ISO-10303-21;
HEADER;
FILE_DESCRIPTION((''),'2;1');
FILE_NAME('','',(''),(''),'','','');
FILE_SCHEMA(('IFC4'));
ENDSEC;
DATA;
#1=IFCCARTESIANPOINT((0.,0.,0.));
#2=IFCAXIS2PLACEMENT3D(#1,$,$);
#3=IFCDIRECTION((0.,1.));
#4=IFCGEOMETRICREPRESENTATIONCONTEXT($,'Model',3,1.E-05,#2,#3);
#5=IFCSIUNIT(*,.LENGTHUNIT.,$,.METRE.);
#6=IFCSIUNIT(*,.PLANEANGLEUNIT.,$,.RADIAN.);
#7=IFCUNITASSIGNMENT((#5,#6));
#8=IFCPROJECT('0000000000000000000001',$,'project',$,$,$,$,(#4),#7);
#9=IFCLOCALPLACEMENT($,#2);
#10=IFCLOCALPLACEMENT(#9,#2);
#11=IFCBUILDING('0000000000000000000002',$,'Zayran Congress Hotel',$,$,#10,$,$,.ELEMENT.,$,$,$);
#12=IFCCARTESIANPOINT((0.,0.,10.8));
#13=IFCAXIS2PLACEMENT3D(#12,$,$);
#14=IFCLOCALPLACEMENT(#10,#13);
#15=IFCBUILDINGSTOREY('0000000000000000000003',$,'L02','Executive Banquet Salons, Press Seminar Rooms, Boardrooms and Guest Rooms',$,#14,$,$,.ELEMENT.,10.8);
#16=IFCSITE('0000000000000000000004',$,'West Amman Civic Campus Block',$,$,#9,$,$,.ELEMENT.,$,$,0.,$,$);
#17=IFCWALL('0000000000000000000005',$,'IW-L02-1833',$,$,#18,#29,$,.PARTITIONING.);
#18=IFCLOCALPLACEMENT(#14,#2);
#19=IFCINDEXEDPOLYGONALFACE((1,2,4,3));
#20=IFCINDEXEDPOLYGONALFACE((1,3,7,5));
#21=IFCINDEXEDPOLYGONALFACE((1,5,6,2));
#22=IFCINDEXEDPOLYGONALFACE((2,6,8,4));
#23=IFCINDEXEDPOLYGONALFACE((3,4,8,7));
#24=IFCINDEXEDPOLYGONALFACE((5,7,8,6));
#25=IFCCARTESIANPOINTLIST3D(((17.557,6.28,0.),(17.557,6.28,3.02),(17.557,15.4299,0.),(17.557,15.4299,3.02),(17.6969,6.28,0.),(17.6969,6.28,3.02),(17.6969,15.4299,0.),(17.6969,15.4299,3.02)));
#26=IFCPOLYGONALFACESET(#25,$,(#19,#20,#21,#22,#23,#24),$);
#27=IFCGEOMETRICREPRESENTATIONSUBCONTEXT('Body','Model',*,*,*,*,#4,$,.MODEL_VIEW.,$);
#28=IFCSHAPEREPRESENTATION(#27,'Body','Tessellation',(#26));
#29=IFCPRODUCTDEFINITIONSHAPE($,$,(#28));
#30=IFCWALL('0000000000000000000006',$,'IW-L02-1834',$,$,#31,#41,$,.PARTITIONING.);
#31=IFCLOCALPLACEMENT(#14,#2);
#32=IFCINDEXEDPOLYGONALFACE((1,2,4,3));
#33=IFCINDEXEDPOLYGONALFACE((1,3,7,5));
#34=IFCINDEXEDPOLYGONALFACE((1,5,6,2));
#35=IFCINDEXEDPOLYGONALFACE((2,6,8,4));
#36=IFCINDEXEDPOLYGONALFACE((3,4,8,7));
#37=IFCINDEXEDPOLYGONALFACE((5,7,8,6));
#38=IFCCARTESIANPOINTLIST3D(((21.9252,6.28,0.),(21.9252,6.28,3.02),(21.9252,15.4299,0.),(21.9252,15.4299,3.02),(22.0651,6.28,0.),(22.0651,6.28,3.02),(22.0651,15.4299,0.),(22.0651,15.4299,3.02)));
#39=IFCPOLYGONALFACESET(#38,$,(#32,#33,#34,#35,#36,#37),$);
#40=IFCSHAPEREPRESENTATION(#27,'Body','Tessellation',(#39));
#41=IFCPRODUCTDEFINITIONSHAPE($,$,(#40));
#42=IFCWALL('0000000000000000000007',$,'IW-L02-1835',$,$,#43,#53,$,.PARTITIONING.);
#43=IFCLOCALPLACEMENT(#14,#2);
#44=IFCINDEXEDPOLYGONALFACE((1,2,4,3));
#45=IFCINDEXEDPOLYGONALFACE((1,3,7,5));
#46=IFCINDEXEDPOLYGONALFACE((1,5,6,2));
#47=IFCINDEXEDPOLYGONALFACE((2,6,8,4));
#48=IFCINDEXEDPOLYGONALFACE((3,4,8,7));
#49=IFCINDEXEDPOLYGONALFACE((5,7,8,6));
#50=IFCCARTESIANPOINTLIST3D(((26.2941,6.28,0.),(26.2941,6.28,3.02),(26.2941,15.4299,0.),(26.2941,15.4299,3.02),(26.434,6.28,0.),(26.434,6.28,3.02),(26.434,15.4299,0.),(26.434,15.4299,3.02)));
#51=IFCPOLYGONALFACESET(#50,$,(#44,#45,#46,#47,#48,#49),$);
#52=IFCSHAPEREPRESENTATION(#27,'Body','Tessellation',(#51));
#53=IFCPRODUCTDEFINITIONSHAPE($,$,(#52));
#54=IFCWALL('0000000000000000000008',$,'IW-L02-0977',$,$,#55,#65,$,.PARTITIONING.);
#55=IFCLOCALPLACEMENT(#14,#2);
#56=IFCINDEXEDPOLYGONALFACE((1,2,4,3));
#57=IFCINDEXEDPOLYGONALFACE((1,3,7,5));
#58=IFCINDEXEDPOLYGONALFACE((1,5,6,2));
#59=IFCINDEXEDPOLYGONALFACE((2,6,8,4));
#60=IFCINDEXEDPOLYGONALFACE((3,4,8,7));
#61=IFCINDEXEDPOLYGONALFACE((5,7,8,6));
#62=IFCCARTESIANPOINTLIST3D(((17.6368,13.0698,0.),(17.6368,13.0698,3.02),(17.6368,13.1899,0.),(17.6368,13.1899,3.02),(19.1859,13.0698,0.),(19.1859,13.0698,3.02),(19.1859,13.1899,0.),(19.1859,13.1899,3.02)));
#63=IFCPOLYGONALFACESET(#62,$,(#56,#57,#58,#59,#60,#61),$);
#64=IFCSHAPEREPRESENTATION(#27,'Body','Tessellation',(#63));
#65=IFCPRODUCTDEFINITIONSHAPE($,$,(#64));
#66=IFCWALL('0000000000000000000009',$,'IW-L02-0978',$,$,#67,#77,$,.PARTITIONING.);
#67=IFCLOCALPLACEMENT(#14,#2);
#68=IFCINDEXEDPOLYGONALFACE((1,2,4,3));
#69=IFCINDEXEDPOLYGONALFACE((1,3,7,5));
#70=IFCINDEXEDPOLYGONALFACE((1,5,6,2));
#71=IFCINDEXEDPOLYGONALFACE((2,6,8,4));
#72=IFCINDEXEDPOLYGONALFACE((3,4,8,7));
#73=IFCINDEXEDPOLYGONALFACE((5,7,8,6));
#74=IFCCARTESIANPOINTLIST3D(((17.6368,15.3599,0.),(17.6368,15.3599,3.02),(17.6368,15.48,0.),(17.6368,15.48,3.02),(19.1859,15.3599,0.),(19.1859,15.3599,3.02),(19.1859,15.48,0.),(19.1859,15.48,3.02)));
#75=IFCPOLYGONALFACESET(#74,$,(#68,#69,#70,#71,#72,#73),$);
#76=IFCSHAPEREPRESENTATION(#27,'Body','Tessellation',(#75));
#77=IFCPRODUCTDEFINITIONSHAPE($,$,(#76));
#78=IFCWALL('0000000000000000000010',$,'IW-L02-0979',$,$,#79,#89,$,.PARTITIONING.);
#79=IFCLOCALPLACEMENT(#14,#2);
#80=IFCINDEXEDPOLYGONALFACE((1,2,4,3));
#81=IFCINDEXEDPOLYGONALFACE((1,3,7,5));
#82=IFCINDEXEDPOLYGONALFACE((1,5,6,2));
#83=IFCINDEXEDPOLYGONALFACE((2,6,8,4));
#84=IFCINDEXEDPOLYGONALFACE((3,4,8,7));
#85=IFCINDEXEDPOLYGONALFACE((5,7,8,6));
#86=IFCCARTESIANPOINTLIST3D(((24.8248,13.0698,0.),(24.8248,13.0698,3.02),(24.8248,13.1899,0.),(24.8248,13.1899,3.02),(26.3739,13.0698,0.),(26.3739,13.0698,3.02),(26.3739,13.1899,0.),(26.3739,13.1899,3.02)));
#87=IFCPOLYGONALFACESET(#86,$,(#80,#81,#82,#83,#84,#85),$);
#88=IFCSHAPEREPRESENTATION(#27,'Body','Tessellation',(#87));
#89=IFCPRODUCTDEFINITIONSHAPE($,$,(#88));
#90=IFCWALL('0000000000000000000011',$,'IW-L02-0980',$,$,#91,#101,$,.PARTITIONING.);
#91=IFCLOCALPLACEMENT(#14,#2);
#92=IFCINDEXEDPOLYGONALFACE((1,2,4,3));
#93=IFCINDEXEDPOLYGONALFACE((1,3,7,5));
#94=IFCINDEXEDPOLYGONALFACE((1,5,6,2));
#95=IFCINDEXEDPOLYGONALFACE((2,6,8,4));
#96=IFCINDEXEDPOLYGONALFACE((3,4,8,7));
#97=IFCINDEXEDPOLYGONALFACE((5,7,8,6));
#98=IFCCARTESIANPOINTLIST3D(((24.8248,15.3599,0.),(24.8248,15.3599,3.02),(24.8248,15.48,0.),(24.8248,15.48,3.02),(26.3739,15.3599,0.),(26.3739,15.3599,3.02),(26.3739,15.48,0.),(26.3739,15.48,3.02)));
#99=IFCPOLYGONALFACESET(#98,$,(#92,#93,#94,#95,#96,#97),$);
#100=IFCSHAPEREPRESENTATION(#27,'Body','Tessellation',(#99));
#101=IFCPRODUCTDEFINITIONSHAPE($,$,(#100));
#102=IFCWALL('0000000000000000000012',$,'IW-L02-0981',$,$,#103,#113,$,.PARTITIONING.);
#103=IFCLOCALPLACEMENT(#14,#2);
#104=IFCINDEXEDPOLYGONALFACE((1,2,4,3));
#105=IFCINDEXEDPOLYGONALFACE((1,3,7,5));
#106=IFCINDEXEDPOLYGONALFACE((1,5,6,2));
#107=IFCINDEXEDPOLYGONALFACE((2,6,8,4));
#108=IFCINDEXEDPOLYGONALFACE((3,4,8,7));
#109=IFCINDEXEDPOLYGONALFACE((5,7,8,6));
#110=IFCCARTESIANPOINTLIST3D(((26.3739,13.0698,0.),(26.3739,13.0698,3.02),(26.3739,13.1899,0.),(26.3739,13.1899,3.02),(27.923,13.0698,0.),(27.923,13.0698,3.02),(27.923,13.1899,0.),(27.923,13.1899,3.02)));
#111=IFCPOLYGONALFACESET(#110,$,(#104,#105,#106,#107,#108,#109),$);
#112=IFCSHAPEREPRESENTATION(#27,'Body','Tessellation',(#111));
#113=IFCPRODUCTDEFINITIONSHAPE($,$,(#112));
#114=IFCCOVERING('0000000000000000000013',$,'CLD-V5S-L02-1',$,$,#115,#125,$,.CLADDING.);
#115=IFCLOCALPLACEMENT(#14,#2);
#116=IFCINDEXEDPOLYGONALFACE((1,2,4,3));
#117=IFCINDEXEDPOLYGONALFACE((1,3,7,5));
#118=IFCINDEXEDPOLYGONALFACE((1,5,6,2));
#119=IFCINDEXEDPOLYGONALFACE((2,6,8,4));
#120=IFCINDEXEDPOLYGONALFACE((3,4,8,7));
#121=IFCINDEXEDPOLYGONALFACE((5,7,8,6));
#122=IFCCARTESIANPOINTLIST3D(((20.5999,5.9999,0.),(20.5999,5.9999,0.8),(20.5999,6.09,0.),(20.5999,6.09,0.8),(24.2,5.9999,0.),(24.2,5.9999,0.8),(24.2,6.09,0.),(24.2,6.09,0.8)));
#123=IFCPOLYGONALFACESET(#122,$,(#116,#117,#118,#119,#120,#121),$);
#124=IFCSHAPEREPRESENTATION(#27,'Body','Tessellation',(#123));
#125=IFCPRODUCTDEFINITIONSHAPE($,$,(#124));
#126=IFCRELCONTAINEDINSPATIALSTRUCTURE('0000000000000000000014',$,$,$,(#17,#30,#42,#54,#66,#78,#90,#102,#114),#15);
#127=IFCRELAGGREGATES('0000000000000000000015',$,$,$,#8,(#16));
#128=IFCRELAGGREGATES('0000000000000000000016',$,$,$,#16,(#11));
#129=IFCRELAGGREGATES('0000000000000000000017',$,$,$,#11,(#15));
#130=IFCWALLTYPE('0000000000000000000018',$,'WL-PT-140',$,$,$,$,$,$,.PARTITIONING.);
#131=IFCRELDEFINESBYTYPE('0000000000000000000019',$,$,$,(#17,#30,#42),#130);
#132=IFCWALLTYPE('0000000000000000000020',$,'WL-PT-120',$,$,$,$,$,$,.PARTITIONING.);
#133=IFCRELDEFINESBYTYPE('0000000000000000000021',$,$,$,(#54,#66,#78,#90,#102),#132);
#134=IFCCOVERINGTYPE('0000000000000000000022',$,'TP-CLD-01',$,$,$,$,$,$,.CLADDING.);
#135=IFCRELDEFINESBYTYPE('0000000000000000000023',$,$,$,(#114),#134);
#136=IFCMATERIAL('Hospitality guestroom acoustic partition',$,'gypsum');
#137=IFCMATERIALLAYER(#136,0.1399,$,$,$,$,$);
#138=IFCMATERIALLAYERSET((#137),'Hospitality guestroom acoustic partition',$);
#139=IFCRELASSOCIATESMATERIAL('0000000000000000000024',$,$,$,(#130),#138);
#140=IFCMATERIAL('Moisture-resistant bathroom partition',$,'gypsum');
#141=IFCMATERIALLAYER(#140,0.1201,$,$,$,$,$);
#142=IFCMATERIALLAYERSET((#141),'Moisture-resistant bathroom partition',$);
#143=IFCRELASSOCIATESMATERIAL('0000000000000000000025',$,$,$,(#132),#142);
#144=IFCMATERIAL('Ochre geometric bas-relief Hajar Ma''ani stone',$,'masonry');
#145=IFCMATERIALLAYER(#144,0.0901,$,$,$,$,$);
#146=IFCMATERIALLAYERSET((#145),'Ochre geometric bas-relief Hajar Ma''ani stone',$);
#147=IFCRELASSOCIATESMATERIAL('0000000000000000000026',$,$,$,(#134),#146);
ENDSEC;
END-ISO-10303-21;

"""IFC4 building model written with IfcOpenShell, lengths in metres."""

from ifc_helpers import new_model, si_unit, direction, frame, frame_2d, origin, origin_2d, place, context, subcontext, project, spatial, rectangle, extrude, material, layer, layer_set, type_object, element, save


model = new_model("IFC4")

# Units and contexts
model_context = context("Model", 3, precision=1e-05, world=origin(), true_north=direction((0.0, 1.0)))
body_context = subcontext(model_context, "Body", "Model", "MODEL_VIEW")
ifc_project = project(units=[si_unit("LENGTHUNIT", "METRE"), si_unit("PLANEANGLEUNIT", "RADIAN")], contexts=[model_context])

# Site, building, storey
site_placement = place(None, origin())
site = spatial("IfcSite", under=ifc_project, at=site_placement, Name="West Amman Civic Campus Block", CompositionType="ELEMENT", RefElevation=0.0)
building_placement = place(site_placement, origin())
building = spatial("IfcBuilding", under=site, at=building_placement, Name="Zayran Congress Hotel", CompositionType="ELEMENT")
storey_placement = place(building_placement, frame((0.0, 0.0, 10.8)))
storey = spatial("IfcBuildingStorey", under=building, at=storey_placement, Name="L02", Description="Executive Banquet Salons, Press Seminar Rooms, Boardrooms and Guest Rooms", CompositionType="ELEMENT", Elevation=10.8)

# Shared definitions
ifc_material_1 = material(Name="Hospitality guestroom acoustic partition", Category="gypsum")
ifc_layer_1 = layer(ifc_material_1, 0.1399)
ifc_layer_set_1 = layer_set([ifc_layer_1], Name="Hospitality guestroom acoustic partition")
wall_type_1 = type_object("IfcWallType", Name="WL-PT-140", PredefinedType="PARTITIONING", material=ifc_layer_set_1)

# Walls
for number, where, z_axis, x_axis, name in (
    (1, (17.627, 6.28, 0.0), (0.0, 0.0, 1.0), (0.0, 1.0, 0.0), "IW-L02-1833"),
    (2, (21.9951, 6.28, 0.0), (0.0, 0.0, 1.0), (0.0, 1.0, 0.0), "IW-L02-1834"),
    (3, (26.364, 6.28, 0.0), (0.0, 0.0, 1.0), (0.0, 1.0, 0.0), "IW-L02-1835"),
):
    element("IfcWall", number, at=place(storey_placement, frame(where, z_axis=z_axis, x_axis=x_axis)), inside=storey, type_object=wall_type_1, Name=name, PredefinedType="PARTITIONING", context=body_context, shape_type="SweptSolid", body=[
        extrude(rectangle(XDim=9.1499, YDim=0.1399, at=frame_2d((4.575, 0.0))), origin(), (0.0, 0.0, 1.0), 3.02),
    ])

# Shared definitions
ifc_material_2 = material(Name="Moisture-resistant bathroom partition", Category="gypsum")
ifc_layer_2 = layer(ifc_material_2, 0.1201)
ifc_layer_set_2 = layer_set([ifc_layer_2], Name="Moisture-resistant bathroom partition")
wall_type_2 = type_object("IfcWallType", Name="WL-PT-120", PredefinedType="PARTITIONING", material=ifc_layer_set_2)

# Walls
for number, where, z_axis, x_axis, name in (
    (4, (17.637, 13.1299, 0.0), (0.0, 0.0, 1.0), (1.0, 0.0, 0.0), "IW-L02-0977"),
    (5, (17.637, 15.4199, 0.0), (0.0, 0.0, 1.0), (1.0, 0.0, 0.0), "IW-L02-0978"),
    (6, (24.825, 13.1299, 0.0), (0.0, 0.0, 1.0), (1.0, 0.0, 0.0), "IW-L02-0979"),
    (7, (24.825, 15.4199, 0.0), (0.0, 0.0, 1.0), (1.0, 0.0, 0.0), "IW-L02-0980"),
    (8, (26.374, 13.1299, 0.0), (0.0, 0.0, 1.0), (1.0, 0.0, 0.0), "IW-L02-0981"),
):
    element("IfcWall", number, at=place(storey_placement, frame(where, z_axis=z_axis, x_axis=x_axis)), inside=storey, type_object=wall_type_2, Name=name, PredefinedType="PARTITIONING", context=body_context, shape_type="SweptSolid", body=[
        extrude(rectangle(XDim=1.5491, YDim=0.1201, at=frame_2d((0.7744, 0.0))), origin(), (0.0, 0.0, 1.0), 3.02),
    ])

# Covering
ifc_material_3 = material(Name="Ochre geometric bas-relief Hajar Ma'ani stone", Category="masonry")
ifc_layer_3 = layer(ifc_material_3, 0.0901)
ifc_layer_set_3 = layer_set([ifc_layer_3], Name="Ochre geometric bas-relief Hajar Ma'ani stone")
covering_type = type_object("IfcCoveringType", Name="TP-CLD-01", PredefinedType="CLADDING", material=ifc_layer_set_3)
covering_placement = place(storey_placement, frame((22.3999, 6.0449, 0.0), z_axis=(0.0, 0.0, 1.0), x_axis=(1.0, 0.0, 0.0)))
element("IfcCovering", 9, at=covering_placement, inside=storey, type_object=covering_type, Name="CLD-V5S-L02-1", PredefinedType="CLADDING", context=body_context, shape_type="SweptSolid", body=[
    extrude(rectangle(XDim=3.6001, YDim=0.0901, at=origin_2d()), origin(), (0.0, 0.0, 1.0), 0.8),
])

save(model, "model.ifc")
